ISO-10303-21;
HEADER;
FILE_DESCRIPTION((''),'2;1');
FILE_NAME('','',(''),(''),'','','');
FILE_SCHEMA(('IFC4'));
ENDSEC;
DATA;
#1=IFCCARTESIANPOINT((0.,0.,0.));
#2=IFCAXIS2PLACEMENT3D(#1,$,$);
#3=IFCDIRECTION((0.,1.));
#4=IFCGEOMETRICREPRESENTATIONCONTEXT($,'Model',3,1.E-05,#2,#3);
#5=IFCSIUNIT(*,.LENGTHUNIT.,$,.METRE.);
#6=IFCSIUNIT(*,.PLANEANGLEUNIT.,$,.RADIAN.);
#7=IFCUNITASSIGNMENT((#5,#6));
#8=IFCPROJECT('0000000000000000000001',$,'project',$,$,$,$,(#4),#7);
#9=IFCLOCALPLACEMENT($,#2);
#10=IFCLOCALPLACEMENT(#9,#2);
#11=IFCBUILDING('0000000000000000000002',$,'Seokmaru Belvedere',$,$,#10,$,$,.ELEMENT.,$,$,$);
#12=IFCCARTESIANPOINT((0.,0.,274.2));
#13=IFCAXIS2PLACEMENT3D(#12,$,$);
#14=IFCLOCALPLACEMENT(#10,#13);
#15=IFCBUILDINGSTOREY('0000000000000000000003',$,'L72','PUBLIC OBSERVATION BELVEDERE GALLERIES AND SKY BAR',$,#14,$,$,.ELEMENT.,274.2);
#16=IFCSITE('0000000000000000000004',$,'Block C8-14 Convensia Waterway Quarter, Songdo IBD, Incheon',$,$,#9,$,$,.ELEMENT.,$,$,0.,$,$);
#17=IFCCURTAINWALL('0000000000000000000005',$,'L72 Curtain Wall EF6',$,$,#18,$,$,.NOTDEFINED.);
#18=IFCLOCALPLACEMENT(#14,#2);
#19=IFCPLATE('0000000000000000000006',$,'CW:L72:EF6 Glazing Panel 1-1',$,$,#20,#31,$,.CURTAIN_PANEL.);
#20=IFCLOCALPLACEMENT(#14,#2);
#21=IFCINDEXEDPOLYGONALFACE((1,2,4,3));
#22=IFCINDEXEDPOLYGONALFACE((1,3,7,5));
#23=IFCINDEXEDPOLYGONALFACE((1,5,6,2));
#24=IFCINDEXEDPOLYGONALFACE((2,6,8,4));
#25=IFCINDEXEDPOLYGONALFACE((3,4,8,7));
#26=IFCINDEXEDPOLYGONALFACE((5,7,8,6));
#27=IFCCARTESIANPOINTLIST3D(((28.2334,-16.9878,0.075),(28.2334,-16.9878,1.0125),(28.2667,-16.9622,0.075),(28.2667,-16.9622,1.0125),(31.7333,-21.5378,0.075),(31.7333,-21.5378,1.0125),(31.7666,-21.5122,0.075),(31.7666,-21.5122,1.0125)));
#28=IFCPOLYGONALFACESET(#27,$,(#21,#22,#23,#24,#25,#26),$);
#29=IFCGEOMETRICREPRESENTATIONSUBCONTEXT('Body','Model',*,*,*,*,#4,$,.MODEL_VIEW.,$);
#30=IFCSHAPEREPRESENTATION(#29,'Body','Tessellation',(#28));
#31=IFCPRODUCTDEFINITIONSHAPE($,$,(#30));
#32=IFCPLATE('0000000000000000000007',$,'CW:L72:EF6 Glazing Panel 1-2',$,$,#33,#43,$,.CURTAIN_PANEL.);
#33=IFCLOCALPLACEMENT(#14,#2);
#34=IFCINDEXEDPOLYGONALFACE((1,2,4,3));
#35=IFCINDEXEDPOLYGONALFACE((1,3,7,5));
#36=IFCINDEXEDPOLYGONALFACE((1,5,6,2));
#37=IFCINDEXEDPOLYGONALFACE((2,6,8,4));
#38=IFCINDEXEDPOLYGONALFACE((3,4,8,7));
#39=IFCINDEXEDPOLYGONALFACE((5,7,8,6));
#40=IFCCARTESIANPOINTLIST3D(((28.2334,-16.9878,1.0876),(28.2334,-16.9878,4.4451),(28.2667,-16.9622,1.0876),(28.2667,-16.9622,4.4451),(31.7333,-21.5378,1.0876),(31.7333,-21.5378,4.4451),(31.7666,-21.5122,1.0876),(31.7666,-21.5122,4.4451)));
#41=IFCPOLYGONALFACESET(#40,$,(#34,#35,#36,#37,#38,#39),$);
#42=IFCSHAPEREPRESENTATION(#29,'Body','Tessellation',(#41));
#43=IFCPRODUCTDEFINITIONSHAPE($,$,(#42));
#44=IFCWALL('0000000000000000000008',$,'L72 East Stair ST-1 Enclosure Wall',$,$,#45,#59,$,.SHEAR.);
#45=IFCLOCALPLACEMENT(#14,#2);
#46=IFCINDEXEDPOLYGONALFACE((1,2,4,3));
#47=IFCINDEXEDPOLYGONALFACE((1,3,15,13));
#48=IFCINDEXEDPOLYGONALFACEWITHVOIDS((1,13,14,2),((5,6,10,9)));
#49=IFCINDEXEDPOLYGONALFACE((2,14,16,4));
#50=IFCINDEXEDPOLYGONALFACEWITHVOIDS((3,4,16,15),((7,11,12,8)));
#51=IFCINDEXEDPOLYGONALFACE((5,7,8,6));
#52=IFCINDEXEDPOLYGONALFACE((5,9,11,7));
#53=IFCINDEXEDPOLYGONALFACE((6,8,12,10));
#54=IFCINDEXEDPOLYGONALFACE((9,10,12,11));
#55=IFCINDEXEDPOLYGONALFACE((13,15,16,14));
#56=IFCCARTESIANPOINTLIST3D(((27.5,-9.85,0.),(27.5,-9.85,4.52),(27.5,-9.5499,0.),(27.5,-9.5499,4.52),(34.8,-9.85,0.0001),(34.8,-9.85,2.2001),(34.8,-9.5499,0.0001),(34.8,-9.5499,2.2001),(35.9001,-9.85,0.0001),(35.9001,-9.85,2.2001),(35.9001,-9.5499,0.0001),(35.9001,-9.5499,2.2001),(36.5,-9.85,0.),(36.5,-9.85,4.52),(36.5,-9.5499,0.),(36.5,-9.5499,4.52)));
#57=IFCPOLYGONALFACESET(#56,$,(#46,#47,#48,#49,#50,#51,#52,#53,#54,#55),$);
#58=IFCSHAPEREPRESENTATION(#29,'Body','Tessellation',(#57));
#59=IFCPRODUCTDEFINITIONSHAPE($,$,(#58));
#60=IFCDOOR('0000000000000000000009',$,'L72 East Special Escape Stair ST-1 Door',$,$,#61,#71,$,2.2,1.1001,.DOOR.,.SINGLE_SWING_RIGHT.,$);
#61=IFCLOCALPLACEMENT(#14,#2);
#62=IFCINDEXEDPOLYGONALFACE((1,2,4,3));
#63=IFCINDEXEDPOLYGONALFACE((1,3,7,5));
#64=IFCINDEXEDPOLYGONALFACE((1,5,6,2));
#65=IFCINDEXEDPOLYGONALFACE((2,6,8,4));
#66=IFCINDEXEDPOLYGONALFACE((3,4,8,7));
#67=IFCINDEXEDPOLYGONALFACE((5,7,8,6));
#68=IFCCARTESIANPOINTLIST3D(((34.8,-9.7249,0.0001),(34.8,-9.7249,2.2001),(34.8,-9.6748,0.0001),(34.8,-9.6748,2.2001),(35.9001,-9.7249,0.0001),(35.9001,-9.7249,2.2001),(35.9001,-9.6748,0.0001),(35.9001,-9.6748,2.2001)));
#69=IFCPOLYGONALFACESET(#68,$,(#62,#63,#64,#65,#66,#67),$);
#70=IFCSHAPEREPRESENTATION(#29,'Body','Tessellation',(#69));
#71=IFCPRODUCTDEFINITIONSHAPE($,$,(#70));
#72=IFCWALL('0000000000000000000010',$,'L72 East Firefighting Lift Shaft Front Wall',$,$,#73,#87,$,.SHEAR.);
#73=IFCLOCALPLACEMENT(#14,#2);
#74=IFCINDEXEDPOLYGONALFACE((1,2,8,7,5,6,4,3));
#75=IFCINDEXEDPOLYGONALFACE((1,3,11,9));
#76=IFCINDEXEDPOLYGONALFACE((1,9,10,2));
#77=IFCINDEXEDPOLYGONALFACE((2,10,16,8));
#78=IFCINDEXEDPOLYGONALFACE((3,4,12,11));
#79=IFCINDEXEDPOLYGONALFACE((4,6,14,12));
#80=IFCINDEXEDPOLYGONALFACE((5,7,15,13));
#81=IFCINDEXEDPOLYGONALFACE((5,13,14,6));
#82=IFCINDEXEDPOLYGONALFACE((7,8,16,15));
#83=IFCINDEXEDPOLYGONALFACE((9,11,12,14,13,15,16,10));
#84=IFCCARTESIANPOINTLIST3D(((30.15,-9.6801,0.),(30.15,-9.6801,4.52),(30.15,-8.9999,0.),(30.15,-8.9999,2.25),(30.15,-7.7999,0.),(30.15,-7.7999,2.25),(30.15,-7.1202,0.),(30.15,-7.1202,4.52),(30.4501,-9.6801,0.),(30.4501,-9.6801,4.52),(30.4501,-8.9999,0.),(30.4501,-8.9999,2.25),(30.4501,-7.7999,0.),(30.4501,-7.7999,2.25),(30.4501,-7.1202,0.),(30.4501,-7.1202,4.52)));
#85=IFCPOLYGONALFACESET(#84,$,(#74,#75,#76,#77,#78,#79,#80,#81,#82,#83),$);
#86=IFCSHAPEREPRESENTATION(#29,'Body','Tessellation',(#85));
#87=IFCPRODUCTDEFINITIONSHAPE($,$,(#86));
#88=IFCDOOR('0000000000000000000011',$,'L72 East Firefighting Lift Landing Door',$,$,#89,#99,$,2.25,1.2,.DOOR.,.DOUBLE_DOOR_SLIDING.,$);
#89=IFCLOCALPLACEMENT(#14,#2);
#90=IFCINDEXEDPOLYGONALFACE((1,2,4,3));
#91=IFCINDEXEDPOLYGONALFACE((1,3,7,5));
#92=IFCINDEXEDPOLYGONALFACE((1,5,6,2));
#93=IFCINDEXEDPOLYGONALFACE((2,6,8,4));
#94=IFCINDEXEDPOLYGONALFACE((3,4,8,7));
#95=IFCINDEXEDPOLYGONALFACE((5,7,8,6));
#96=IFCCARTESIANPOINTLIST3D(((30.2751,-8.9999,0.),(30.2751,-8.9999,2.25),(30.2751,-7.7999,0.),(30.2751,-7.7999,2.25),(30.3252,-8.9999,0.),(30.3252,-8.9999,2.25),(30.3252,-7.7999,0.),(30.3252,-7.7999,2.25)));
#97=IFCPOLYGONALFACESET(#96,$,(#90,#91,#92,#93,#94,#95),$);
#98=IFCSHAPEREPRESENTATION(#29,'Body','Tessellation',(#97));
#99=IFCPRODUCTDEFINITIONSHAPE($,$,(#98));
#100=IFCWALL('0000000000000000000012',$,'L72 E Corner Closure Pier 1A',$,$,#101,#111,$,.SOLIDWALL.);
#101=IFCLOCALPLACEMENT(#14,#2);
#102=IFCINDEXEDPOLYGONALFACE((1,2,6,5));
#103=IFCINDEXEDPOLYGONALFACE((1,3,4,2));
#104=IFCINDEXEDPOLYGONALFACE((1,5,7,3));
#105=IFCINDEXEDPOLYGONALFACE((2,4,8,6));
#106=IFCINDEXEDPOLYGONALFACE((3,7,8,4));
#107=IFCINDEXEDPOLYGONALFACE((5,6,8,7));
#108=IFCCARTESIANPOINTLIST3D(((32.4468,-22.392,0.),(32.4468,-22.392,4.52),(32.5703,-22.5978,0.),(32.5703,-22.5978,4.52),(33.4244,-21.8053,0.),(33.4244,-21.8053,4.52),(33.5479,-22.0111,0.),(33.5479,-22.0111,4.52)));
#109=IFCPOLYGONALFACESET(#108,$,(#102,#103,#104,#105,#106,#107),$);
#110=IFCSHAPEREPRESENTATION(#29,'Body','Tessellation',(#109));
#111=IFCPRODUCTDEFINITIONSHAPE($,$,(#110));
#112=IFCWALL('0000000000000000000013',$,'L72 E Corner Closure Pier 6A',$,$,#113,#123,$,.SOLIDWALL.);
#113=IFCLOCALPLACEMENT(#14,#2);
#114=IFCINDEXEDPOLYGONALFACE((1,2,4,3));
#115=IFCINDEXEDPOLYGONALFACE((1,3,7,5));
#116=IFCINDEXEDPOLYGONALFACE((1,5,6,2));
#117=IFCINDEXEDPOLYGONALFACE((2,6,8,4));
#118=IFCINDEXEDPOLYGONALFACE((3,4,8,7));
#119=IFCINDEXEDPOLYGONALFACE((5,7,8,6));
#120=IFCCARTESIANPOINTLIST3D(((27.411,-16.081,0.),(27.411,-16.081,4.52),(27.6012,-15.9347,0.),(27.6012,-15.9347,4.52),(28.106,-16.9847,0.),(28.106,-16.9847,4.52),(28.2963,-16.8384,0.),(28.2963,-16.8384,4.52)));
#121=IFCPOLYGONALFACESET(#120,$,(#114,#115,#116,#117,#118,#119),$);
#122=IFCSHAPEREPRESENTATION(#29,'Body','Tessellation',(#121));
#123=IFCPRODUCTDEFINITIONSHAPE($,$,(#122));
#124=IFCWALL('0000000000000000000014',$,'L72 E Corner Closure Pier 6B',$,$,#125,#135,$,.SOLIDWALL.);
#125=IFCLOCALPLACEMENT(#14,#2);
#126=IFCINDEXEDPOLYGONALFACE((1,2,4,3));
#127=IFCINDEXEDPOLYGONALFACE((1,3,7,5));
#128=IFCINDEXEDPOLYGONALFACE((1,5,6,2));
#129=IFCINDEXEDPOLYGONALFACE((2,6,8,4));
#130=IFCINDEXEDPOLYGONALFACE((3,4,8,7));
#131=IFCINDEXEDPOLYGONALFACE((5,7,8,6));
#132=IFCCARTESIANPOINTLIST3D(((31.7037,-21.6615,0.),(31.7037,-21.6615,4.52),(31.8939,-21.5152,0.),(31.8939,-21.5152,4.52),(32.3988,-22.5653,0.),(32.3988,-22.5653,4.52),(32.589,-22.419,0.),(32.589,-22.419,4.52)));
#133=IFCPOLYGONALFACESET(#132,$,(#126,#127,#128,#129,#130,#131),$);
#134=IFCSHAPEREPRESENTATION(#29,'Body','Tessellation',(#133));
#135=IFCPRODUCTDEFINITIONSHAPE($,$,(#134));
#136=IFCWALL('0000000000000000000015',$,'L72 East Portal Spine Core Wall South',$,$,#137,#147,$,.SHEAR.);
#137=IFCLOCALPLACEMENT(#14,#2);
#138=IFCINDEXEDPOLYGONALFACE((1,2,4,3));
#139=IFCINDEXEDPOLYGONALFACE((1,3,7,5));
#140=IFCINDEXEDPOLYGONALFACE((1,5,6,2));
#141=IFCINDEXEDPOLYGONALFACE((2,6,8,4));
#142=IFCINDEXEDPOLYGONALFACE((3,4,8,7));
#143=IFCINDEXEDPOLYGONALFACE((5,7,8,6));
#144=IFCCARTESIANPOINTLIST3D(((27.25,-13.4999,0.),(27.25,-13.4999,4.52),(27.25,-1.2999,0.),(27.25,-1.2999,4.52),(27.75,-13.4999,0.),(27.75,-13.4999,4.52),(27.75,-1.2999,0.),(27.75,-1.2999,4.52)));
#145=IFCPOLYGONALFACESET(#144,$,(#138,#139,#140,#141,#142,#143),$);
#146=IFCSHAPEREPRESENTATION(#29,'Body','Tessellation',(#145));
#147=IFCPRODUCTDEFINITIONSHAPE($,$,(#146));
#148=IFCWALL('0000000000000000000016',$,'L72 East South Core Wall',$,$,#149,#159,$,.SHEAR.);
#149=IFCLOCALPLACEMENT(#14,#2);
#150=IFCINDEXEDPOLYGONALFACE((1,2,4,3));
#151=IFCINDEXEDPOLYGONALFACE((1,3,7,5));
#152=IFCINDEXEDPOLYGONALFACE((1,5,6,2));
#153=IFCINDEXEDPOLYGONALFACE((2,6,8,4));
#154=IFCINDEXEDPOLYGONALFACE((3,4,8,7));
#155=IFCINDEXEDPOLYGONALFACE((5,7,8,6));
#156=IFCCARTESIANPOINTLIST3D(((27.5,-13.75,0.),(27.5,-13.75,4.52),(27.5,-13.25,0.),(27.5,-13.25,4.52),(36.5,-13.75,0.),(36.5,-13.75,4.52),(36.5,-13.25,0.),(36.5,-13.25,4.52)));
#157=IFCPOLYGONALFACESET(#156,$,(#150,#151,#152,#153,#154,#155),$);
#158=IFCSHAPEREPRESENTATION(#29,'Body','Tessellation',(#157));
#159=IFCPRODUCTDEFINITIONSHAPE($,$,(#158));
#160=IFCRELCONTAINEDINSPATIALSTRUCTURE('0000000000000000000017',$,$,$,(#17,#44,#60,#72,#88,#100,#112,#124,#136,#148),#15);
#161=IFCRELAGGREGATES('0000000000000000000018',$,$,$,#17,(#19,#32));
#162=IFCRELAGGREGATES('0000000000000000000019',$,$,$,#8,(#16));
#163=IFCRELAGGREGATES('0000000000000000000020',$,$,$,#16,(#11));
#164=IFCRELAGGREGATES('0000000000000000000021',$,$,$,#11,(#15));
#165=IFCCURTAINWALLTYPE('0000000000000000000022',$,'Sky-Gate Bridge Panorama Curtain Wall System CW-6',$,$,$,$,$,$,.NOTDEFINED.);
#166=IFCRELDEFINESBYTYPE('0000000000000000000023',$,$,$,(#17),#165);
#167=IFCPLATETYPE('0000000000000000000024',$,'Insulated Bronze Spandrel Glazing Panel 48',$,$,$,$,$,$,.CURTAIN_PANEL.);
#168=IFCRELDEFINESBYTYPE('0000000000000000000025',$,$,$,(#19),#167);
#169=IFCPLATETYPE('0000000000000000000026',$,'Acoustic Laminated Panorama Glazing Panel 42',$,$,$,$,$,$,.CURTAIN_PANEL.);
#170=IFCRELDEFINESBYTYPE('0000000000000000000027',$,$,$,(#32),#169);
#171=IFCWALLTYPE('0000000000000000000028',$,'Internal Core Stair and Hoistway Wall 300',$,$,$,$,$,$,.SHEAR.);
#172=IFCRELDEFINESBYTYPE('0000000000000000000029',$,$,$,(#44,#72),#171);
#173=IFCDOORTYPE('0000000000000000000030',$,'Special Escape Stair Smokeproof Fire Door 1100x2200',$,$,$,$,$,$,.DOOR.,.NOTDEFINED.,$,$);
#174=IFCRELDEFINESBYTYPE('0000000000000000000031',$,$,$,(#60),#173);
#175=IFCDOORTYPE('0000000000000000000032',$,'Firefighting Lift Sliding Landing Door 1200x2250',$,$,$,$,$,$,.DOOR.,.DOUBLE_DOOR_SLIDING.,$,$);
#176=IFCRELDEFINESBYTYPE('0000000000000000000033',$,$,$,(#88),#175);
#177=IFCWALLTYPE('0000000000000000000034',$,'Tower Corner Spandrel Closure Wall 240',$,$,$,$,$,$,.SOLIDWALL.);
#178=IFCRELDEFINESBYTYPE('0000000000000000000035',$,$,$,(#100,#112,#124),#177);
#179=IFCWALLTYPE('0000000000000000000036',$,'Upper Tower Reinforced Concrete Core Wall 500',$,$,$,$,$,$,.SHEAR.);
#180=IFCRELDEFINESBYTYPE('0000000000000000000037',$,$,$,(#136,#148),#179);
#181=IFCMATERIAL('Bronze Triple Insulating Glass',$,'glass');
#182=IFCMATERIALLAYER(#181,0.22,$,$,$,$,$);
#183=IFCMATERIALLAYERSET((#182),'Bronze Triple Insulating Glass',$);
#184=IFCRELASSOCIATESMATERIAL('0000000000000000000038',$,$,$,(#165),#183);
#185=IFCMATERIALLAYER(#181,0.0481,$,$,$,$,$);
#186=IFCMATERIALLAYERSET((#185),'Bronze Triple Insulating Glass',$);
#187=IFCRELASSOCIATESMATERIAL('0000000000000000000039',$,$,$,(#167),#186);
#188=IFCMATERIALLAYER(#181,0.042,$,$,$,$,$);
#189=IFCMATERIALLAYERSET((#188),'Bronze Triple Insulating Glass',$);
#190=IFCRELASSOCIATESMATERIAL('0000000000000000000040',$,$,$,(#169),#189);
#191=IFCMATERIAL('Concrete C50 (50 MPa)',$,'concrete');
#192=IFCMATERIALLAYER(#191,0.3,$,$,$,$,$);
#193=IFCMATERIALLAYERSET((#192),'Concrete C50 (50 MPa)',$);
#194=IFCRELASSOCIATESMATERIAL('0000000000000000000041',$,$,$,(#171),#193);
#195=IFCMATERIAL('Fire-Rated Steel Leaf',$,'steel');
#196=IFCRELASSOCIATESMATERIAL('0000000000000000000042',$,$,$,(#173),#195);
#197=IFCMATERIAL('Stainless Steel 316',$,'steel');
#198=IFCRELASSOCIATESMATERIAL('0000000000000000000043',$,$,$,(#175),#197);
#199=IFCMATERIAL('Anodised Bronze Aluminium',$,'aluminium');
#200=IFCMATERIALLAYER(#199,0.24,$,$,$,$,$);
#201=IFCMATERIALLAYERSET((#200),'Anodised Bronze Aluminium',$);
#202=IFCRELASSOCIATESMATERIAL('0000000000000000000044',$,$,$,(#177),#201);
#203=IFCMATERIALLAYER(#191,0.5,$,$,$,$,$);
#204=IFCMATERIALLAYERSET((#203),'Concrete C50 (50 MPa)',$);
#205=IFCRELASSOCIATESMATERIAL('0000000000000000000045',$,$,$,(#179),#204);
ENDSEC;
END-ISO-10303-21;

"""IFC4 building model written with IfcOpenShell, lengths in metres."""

from ifc_helpers import new_model, si_unit, direction, frame, frame_2d, origin, origin_2d, place, context, subcontext, project, spatial, rectangle, extrude, source, transform, mapped, material, layer, layer_set, type_object, type_shapes, element, fill, aggregate, save


model = new_model("IFC4")

# Units and contexts
model_context = context("Model", 3, precision=1e-05, world=origin(), true_north=direction((0.0, 1.0)))
body_context = subcontext(model_context, "Body", "Model", "MODEL_VIEW")
ifc_project = project(units=[si_unit("LENGTHUNIT", "METRE"), si_unit("PLANEANGLEUNIT", "RADIAN")], contexts=[model_context])

# Site, building, storey
site_placement = place(None, origin())
site = spatial("IfcSite", under=ifc_project, at=site_placement, Name="Block C8-14 Convensia Waterway Quarter, Songdo IBD, Incheon", CompositionType="ELEMENT", RefElevation=0.0)
building_placement = place(site_placement, origin())
building = spatial("IfcBuilding", under=site, at=building_placement, Name="Seokmaru Belvedere", CompositionType="ELEMENT")
storey_placement = place(building_placement, frame((0.0, 0.0, 274.2)))
storey = spatial("IfcBuildingStorey", under=building, at=storey_placement, Name="L72", Description="PUBLIC OBSERVATION BELVEDERE GALLERIES AND SKY BAR", CompositionType="ELEMENT", Elevation=274.2)

# Curtain wall
ifc_material_1 = material(Name="Bronze Triple Insulating Glass", Category="glass")
ifc_layer_1 = layer(ifc_material_1, 0.22)
ifc_layer_set_1 = layer_set([ifc_layer_1], Name="Bronze Triple Insulating Glass")
curtain_wall_type = type_object("IfcCurtainWallType", Name="Sky-Gate Bridge Panorama Curtain Wall System CW-6", PredefinedType="NOTDEFINED", material=ifc_layer_set_1)
curtain_wall_placement = place(storey_placement, origin())
curtain_wall = element("IfcCurtainWall", 1, at=curtain_wall_placement, inside=storey, type_object=curtain_wall_type, Name="L72 Curtain Wall EF6", PredefinedType="NOTDEFINED")
ifc_material_2 = material(Name="Anodised Bronze Aluminium", Category="aluminium")

# Plates
ifc_layer_2 = layer(ifc_material_1, 0.0481)
ifc_layer_set_2 = layer_set([ifc_layer_2], Name="Bronze Triple Insulating Glass")
plate_type_1 = type_object("IfcPlateType", Name="Insulated Bronze Spandrel Glazing Panel 48", PredefinedType="CURTAIN_PANEL", material=ifc_layer_set_2)
shared_shape_1 = source(origin(), body_context, "Body", "SweptSolid", [
    extrude(rectangle(XDim=5.7405, YDim=0.042, at=origin_2d()), origin(), (0.0, 0.0, 1.0), 0.9375),
])
type_shapes(plate_type_1, [shared_shape_1])
plate_1_placement = place(storey_placement, frame((30.0, -19.25, 0.075), z_axis=(0.0, 0.0, 1.0), x_axis=(0.609701, -0.792631, 0.0)))
plate_1 = element("IfcPlate", 2, at=plate_1_placement, type_object=plate_type_1, Name="CW:L72:EF6 Glazing Panel 1-1", PredefinedType="CURTAIN_PANEL", context=body_context, shape_type="MappedRepresentation", body=[
    mapped(shared_shape_1, transform((0.0, 0.0, 0.0), scale=1.0)),
])
ifc_layer_3 = layer(ifc_material_1, 0.042)
ifc_layer_set_3 = layer_set([ifc_layer_3], Name="Bronze Triple Insulating Glass")
plate_type_2 = type_object("IfcPlateType", Name="Acoustic Laminated Panorama Glazing Panel 42", PredefinedType="CURTAIN_PANEL", material=ifc_layer_set_3)
shared_shape_2 = source(origin(), body_context, "Body", "SweptSolid", [
    extrude(rectangle(XDim=5.7405, YDim=0.042, at=origin_2d()), origin(), (0.0, 0.0, 1.0), 3.3574),
])
type_shapes(plate_type_2, [shared_shape_2])
plate_2_placement = place(storey_placement, frame((30.0, -19.25, 1.0876), z_axis=(0.0, 0.0, 1.0), x_axis=(0.609701, -0.792631, 0.0)))
plate_2 = element("IfcPlate", 3, at=plate_2_placement, type_object=plate_type_2, Name="CW:L72:EF6 Glazing Panel 1-2", PredefinedType="CURTAIN_PANEL", context=body_context, shape_type="MappedRepresentation", body=[
    mapped(shared_shape_2, transform((0.0, 0.0, 0.0), scale=1.0)),
])
aggregate(curtain_wall, [plate_1, plate_2])

# Walls, openings, doors
ifc_material_3 = material(Name="Concrete C50 (50 MPa)", Category="concrete")
ifc_layer_4 = layer(ifc_material_3, 0.3)
ifc_layer_set_4 = layer_set([ifc_layer_4], Name="Concrete C50 (50 MPa)")
wall_type_1 = type_object("IfcWallType", Name="Internal Core Stair and Hoistway Wall 300", PredefinedType="SHEAR", material=ifc_layer_set_4)
wall_1_placement = place(storey_placement, frame((27.5, -9.7, 0.0), z_axis=(0.0, 0.0, 1.0), x_axis=(1.0, 0.0, 0.0)))
wall_1 = element("IfcWall", 4, at=wall_1_placement, inside=storey, type_object=wall_type_1, Name="L72 East Stair ST-1 Enclosure Wall", PredefinedType="SHEAR", context=body_context, shape_type="SweptSolid", body=[
    extrude(rectangle(XDim=9.0, YDim=0.3, at=frame_2d((4.5, 0.0))), origin(), (0.0, 0.0, 1.0), 4.52),
])
opening_1_placement = place(wall_1_placement, frame((7.3, 0.0, 0.0)))
opening_1 = element("IfcOpeningElement", 5, at=opening_1_placement, cuts=wall_1, PredefinedType="OPENING", context=body_context, shape_type="SweptSolid", body=[
    extrude(rectangle(XDim=1.1001, YDim=2.2, at=frame_2d((0.55, 1.1001))), frame((0.0, 0.1602, 0.0), z_axis=(0.0, -1.0, 0.0), x_axis=(1.0, 0.0, 0.0)), (0.0, 0.0, 1.0), 0.3201),
])
ifc_material_4 = material(Name="Fire-Rated Steel Leaf", Category="steel")
door_type_1 = type_object("IfcDoorType", Name="Special Escape Stair Smokeproof Fire Door 1100x2200", OperationType="NOTDEFINED", PredefinedType="DOOR", material=ifc_material_4)
shared_shape_3 = source(origin(), body_context, "Body", "SweptSolid", [
    extrude(rectangle(XDim=1.1001, YDim=2.2, at=frame_2d((0.55, 1.1001))), frame((0.0, 0.0249, 0.0), z_axis=(0.0, -1.0, 0.0), x_axis=(1.0, 0.0, 0.0)), (0.0, 0.0, 1.0), 0.05),
])
type_shapes(door_type_1, [shared_shape_3])
door_1_placement = place(opening_1_placement, frame((1.1001, 0.0, 0.0), z_axis=(0.0, 0.0, 1.0), x_axis=(-1.0, 0.0, 0.0)))
door_1 = element("IfcDoor", 6, at=door_1_placement, inside=storey, type_object=door_type_1, Name="L72 East Special Escape Stair ST-1 Door", OperationType="SINGLE_SWING_RIGHT", OverallHeight=2.2, OverallWidth=1.1001, PredefinedType="DOOR", context=body_context, shape_type="MappedRepresentation", body=[
    mapped(shared_shape_3, transform((0.0, 0.0, 0.0), scale=1.0)),
])
fill(opening_1, door_1)
wall_2_placement = place(storey_placement, frame((30.3, -9.6799, 0.0), z_axis=(0.0, 0.0, 1.0), x_axis=(0.0, 1.0, 0.0)))
wall_2 = element("IfcWall", 7, at=wall_2_placement, inside=storey, type_object=wall_type_1, Name="L72 East Firefighting Lift Shaft Front Wall", PredefinedType="SHEAR", context=body_context, shape_type="SweptSolid", body=[
    extrude(rectangle(XDim=2.5598, YDim=0.3, at=frame_2d((1.2798, 0.0))), origin(), (0.0, 0.0, 1.0), 4.52),
])
opening_2_placement = place(wall_2_placement, frame((0.6799, 0.0, 0.0)))
opening_2 = element("IfcOpeningElement", 8, at=opening_2_placement, cuts=wall_2, PredefinedType="OPENING", context=body_context, shape_type="SweptSolid", body=[
    extrude(rectangle(XDim=1.2, YDim=2.25, at=frame_2d((0.6001, 1.125))), frame((0.0, 0.1602, 0.0), z_axis=(0.0, -1.0, 0.0), x_axis=(1.0, 0.0, 0.0)), (0.0, 0.0, 1.0), 0.3201),
])
ifc_material_5 = material(Name="Stainless Steel 316", Category="steel")
door_type_2 = type_object("IfcDoorType", Name="Firefighting Lift Sliding Landing Door 1200x2250", OperationType="DOUBLE_DOOR_SLIDING", PredefinedType="DOOR", material=ifc_material_5)
shared_shape_4 = source(origin(), body_context, "Body", "SweptSolid", [
    extrude(rectangle(XDim=1.2, YDim=2.25, at=frame_2d((0.6001, 1.125))), frame((0.0, 0.0249, 0.0), z_axis=(0.0, -1.0, 0.0), x_axis=(1.0, 0.0, 0.0)), (0.0, 0.0, 1.0), 0.05),
])
type_shapes(door_type_2, [shared_shape_4])
door_2_placement = place(opening_2_placement, origin())
door_2 = element("IfcDoor", 9, at=door_2_placement, inside=storey, type_object=door_type_2, Name="L72 East Firefighting Lift Landing Door", OperationType="DOUBLE_DOOR_SLIDING", OverallHeight=2.25, OverallWidth=1.2, PredefinedType="DOOR", context=body_context, shape_type="MappedRepresentation", body=[
    mapped(shared_shape_4, transform((0.0, 0.0, 0.0), scale=1.0)),
])
fill(opening_2, door_2)

# Walls
ifc_layer_5 = layer(ifc_material_2, 0.24)
ifc_layer_set_5 = layer_set([ifc_layer_5], Name="Anodised Bronze Aluminium")
wall_type_2 = type_object("IfcWallType", Name="Tower Corner Spandrel Closure Wall 240", PredefinedType="SOLIDWALL", material=ifc_layer_set_5)
for number, where, z_axis, x_axis, name in (
    (10, (32.5085, -22.4949, 0.0), (0.0, 0.0, 1.0), (0.857436, 0.51459, 0.0), "L72 E Corner Closure Pier 1A"),
    (11, (27.5061, -16.0078, 0.0), (0.0, 0.0, 1.0), (0.609618, -0.792696, 0.0), "L72 E Corner Closure Pier 6A"),
    (12, (31.7988, -21.5884, 0.0), (0.0, 0.0, 1.0), (0.609618, -0.792696, 0.0), "L72 E Corner Closure Pier 6B"),
):
    element("IfcWall", number, at=place(storey_placement, frame(where, z_axis=z_axis, x_axis=x_axis)), inside=storey, type_object=wall_type_2, Name=name, PredefinedType="SOLIDWALL", context=body_context, shape_type="SweptSolid", body=[
        extrude(rectangle(XDim=1.1401, YDim=0.24, at=frame_2d((0.5701, 0.0))), origin(), (0.0, 0.0, 1.0), 4.52),
    ])
ifc_layer_6 = layer(ifc_material_3, 0.5)
ifc_layer_set_6 = layer_set([ifc_layer_6], Name="Concrete C50 (50 MPa)")
wall_type_3 = type_object("IfcWallType", Name="Upper Tower Reinforced Concrete Core Wall 500", PredefinedType="SHEAR", material=ifc_layer_set_6)
wall_3_placement = place(storey_placement, frame((27.5, -13.5, 0.0), z_axis=(0.0, 0.0, 1.0), x_axis=(0.0, 1.0, 0.0)))
element("IfcWall", 13, at=wall_3_placement, inside=storey, type_object=wall_type_3, Name="L72 East Portal Spine Core Wall South", PredefinedType="SHEAR", context=body_context, shape_type="SweptSolid", body=[
    extrude(rectangle(XDim=12.2, YDim=0.5, at=frame_2d((6.1001, 0.0))), origin(), (0.0, 0.0, 1.0), 4.52),
])
wall_4_placement = place(storey_placement, frame((27.5, -13.5, 0.0), z_axis=(0.0, 0.0, 1.0), x_axis=(1.0, 0.0, 0.0)))
element("IfcWall", 14, at=wall_4_placement, inside=storey, type_object=wall_type_3, Name="L72 East South Core Wall", PredefinedType="SHEAR", context=body_context, shape_type="SweptSolid", body=[
    extrude(rectangle(XDim=9.0, YDim=0.5, at=frame_2d((4.5, 0.0))), origin(), (0.0, 0.0, 1.0), 4.52),
])

save(model, "model.ifc")
